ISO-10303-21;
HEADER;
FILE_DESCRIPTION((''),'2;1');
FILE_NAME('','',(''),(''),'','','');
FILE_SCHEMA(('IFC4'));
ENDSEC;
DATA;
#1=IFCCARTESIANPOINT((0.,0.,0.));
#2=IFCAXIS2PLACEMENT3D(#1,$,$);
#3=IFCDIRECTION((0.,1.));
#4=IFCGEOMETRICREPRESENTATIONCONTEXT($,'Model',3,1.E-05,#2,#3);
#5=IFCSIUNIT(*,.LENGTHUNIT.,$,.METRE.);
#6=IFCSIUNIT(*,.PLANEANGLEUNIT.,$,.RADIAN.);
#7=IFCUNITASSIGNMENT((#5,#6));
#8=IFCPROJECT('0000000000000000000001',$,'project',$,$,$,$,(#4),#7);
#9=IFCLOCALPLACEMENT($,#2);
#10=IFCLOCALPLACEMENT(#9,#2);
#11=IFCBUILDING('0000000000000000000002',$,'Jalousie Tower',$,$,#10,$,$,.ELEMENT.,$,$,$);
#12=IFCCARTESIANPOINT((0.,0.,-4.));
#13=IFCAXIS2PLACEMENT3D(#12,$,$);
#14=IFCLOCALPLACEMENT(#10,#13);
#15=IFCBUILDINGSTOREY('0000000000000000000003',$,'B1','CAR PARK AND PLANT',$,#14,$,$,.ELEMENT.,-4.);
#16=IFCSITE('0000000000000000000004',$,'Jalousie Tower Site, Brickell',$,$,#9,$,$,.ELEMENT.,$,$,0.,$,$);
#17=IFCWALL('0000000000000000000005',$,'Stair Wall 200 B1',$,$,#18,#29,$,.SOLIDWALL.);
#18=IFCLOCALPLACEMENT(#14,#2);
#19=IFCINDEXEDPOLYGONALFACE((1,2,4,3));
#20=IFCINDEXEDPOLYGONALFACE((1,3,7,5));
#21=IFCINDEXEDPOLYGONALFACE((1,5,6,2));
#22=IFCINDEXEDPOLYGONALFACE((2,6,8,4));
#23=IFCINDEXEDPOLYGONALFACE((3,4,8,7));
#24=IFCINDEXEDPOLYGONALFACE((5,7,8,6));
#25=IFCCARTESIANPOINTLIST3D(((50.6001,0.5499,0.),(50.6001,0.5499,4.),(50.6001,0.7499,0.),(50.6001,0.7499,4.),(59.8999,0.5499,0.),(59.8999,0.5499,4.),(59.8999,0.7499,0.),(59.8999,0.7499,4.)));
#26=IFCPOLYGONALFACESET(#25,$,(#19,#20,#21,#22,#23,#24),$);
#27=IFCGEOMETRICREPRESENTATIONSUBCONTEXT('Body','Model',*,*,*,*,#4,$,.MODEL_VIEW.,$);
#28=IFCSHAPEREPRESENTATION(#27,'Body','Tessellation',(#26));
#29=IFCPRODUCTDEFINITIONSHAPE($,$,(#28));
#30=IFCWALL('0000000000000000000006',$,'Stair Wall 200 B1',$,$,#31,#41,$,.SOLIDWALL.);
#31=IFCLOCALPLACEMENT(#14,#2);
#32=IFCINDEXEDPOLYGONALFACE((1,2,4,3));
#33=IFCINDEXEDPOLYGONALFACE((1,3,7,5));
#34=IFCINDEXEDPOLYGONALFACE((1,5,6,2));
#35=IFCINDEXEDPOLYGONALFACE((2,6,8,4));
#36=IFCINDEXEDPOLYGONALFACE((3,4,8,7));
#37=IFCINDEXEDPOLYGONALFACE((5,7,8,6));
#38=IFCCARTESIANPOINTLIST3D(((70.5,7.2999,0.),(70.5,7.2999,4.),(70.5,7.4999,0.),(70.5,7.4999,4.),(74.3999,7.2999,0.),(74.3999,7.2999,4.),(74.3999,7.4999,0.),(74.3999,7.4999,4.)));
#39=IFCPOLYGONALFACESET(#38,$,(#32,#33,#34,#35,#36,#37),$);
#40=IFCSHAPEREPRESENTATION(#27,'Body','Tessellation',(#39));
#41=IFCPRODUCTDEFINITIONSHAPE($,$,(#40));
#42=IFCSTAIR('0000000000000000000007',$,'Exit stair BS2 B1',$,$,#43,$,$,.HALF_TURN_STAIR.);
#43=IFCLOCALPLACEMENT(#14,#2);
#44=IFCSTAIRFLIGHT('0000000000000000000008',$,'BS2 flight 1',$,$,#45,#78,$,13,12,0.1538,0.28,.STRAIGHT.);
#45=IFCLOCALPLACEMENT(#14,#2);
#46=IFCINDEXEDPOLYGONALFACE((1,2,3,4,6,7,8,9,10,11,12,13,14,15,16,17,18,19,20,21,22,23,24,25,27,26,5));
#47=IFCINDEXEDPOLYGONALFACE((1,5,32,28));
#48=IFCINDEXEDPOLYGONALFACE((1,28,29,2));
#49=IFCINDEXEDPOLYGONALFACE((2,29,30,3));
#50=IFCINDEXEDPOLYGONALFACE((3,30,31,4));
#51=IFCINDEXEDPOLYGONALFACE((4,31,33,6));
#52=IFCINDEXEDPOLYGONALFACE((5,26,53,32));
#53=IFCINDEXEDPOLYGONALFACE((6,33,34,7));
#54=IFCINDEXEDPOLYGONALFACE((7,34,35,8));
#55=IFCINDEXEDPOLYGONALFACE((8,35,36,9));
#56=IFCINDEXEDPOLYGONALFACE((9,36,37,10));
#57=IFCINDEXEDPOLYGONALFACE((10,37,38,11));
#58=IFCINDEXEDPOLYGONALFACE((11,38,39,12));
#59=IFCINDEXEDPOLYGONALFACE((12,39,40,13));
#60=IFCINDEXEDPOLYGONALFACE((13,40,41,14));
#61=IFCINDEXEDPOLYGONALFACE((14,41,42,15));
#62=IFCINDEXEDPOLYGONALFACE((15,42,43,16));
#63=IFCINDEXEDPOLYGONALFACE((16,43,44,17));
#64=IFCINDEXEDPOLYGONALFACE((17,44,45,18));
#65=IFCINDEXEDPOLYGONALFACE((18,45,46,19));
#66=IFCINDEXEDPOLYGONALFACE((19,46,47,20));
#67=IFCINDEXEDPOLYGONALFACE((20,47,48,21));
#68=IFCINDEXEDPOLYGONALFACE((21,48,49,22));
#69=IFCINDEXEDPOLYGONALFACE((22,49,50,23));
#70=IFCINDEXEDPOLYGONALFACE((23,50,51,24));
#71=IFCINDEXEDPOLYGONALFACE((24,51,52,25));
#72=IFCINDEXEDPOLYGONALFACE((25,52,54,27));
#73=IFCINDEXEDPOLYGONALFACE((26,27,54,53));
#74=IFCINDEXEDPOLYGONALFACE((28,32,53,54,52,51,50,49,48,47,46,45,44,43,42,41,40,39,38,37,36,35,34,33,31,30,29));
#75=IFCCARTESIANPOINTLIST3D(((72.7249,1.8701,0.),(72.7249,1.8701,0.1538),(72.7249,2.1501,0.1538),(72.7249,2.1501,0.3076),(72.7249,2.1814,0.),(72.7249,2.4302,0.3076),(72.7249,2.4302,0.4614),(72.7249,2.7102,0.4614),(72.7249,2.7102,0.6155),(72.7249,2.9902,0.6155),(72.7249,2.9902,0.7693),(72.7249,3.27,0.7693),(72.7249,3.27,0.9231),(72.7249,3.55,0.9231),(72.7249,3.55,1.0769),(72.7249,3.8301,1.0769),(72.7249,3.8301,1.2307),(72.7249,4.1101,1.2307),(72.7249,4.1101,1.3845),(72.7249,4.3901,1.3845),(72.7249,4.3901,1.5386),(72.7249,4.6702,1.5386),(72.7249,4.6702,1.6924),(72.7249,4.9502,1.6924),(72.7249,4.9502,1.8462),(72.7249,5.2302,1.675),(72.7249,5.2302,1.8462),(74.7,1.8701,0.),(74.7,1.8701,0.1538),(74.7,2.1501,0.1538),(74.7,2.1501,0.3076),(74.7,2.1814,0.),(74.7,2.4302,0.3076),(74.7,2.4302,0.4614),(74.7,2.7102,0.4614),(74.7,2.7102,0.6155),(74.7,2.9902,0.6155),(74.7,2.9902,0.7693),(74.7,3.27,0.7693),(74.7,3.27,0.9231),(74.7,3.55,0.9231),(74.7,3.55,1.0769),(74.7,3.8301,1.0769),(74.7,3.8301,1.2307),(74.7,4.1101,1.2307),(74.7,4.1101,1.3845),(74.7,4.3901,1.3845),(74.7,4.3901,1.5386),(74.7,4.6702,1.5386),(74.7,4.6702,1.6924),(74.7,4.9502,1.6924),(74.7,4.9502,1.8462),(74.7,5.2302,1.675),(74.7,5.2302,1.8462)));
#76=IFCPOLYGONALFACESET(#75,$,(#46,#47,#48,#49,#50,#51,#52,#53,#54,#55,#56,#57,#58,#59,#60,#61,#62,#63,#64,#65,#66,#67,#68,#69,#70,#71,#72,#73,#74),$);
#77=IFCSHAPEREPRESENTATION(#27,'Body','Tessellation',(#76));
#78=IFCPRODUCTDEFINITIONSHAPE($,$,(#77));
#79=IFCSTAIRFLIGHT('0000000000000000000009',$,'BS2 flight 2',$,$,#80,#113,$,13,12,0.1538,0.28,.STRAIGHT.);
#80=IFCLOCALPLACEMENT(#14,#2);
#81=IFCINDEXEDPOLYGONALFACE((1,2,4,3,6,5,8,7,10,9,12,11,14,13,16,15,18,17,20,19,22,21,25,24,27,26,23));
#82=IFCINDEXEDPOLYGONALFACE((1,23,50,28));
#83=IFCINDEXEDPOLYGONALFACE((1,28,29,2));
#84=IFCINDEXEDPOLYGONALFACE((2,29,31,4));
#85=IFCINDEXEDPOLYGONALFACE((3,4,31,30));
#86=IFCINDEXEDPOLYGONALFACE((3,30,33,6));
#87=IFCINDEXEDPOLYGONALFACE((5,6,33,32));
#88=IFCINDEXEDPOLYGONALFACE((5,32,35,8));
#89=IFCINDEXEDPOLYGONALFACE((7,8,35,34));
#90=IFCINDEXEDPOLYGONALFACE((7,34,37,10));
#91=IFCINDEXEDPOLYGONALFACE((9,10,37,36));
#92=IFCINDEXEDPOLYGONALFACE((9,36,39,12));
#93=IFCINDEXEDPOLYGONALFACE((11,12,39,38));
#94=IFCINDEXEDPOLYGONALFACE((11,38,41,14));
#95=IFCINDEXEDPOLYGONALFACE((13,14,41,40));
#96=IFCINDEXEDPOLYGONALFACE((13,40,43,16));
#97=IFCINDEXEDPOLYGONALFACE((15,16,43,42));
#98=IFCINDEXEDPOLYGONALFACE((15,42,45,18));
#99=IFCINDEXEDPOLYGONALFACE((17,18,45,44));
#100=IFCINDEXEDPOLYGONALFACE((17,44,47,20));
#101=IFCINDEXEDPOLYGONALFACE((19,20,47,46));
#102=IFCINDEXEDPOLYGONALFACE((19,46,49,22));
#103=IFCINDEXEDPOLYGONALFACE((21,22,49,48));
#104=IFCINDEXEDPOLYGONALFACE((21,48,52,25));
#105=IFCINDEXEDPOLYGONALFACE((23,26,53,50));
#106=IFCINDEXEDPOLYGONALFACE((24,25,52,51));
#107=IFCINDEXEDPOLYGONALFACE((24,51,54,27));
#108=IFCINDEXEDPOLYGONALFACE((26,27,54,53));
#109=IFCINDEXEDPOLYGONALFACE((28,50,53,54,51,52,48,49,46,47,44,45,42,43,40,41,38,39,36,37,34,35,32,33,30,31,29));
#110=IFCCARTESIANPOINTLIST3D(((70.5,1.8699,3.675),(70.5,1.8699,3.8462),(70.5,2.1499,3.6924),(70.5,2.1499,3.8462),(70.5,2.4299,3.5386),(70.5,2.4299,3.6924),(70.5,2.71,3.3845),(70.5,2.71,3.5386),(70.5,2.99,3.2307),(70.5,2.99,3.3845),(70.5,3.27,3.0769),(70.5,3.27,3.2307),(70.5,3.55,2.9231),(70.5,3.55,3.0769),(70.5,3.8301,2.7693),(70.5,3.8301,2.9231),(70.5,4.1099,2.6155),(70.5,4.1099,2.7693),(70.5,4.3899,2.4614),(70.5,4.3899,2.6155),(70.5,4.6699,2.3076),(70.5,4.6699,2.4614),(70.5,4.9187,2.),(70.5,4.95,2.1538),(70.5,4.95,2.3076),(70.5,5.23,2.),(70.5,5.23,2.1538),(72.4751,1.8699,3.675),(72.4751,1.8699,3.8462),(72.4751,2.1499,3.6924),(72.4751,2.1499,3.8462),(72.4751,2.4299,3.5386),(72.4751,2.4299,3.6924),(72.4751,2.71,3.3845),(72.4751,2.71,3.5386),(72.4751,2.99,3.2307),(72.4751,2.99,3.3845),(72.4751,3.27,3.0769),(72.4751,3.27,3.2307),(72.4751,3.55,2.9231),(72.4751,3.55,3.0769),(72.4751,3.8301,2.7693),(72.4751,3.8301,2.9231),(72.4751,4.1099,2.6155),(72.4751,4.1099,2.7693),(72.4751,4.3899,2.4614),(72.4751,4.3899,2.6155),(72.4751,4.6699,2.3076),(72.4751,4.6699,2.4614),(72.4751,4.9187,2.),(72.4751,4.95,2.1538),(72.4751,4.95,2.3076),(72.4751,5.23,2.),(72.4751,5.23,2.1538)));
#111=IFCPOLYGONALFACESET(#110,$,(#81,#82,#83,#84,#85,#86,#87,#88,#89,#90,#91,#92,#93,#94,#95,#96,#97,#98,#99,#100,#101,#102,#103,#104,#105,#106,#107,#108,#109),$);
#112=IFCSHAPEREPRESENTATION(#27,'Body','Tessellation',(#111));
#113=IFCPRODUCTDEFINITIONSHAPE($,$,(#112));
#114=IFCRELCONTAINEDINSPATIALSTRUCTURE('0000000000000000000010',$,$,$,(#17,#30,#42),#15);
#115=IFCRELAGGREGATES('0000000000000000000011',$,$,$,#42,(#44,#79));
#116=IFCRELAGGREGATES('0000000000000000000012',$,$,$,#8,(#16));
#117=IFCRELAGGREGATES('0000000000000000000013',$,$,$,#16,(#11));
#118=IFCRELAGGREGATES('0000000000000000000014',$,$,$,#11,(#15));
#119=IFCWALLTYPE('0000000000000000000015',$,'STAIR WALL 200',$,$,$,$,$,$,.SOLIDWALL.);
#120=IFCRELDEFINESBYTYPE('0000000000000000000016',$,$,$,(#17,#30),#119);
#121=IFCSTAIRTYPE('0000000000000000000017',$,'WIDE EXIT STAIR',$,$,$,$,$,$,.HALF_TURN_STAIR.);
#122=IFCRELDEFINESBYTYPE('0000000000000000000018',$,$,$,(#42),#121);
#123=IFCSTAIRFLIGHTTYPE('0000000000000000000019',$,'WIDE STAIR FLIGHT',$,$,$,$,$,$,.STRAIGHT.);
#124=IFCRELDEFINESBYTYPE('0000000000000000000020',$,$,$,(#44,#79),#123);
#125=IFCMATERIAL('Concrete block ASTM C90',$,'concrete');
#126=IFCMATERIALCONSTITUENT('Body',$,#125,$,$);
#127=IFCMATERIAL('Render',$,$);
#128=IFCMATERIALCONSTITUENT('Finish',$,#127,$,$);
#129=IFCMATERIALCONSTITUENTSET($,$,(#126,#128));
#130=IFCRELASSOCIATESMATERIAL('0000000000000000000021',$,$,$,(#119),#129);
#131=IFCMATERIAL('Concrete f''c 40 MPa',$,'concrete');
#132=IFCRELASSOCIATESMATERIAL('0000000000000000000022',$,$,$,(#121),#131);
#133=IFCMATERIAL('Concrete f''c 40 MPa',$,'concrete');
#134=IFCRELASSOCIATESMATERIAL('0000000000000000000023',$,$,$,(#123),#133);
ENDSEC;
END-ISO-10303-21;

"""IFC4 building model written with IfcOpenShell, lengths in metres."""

from ifc_helpers import new_model, si_unit, direction, frame, frame_2d, origin, place, context, subcontext, project, spatial, polyline, rectangle, outline, extrude, material, constituent, constituent_set, type_object, element, aggregate, save


model = new_model("IFC4")

# Units and contexts
model_context = context("Model", 3, precision=1e-05, world=origin(), true_north=direction((0.0, 1.0)))
body_context = subcontext(model_context, "Body", "Model", "MODEL_VIEW")
ifc_project = project(units=[si_unit("LENGTHUNIT", "METRE"), si_unit("PLANEANGLEUNIT", "RADIAN")], contexts=[model_context])

# Site, building, storey
site_placement = place(None, origin())
site = spatial("IfcSite", under=ifc_project, at=site_placement, Name="Jalousie Tower Site, Brickell", CompositionType="ELEMENT", RefElevation=0.0)
building_placement = place(site_placement, origin())
building = spatial("IfcBuilding", under=site, at=building_placement, Name="Jalousie Tower", CompositionType="ELEMENT")
storey_placement = place(building_placement, frame((0.0, 0.0, -4.0)))
storey = spatial("IfcBuildingStorey", under=building, at=storey_placement, Name="B1", Description="CAR PARK AND PLANT", CompositionType="ELEMENT", Elevation=-4.0)

# Walls
ifc_material_1 = material(Name="Concrete block ASTM C90", Category="concrete")
ifc_constituent_1 = constituent(ifc_material_1, Name="Body")
ifc_material_2 = material(Name="Render")
ifc_constituent_2 = constituent(ifc_material_2, Name="Finish")
ifc_constituent_set_1 = constituent_set(constituents=[ifc_constituent_1, ifc_constituent_2])
wall_type_1 = type_object("IfcWallType", Name="STAIR WALL 200", PredefinedType="SOLIDWALL", material=ifc_constituent_set_1)
wall_1_placement = place(storey_placement, frame((50.6001, 0.6499, 0.0), z_axis=(0.0, 0.0, 1.0), x_axis=(1.0, 0.0, 0.0)))
element("IfcWall", 1, at=wall_1_placement, inside=storey, type_object=wall_type_1, Name="Stair Wall 200 B1", PredefinedType="SOLIDWALL", context=body_context, shape_type="SweptSolid", body=[
    extrude(rectangle(XDim=9.2998, YDim=0.2, at=frame_2d((4.6499, 0.0))), origin(), (0.0, 0.0, 1.0), 4.0),
])
wall_2_placement = place(storey_placement, frame((70.5, 7.3999, 0.0), z_axis=(0.0, 0.0, 1.0), x_axis=(1.0, 0.0, 0.0)))
element("IfcWall", 2, at=wall_2_placement, inside=storey, type_object=wall_type_1, Name="Stair Wall 200 B1", PredefinedType="SOLIDWALL", context=body_context, shape_type="SweptSolid", body=[
    extrude(rectangle(XDim=3.8999, YDim=0.2, at=frame_2d((1.95, 0.0))), origin(), (0.0, 0.0, 1.0), 4.0),
])

# Stair, stair flights
ifc_material_3 = material(Name="Concrete f'c 40 MPa", Category="concrete")
stair_type = type_object("IfcStairType", Name="WIDE EXIT STAIR", PredefinedType="HALF_TURN_STAIR", material=ifc_material_3)
stair_placement = place(storey_placement, origin())
stair = element("IfcStair", 3, at=stair_placement, inside=storey, type_object=stair_type, Name="Exit stair BS2 B1", PredefinedType="HALF_TURN_STAIR")
ifc_material_4 = material(Name="Concrete f'c 40 MPa", Category="concrete")
stair_flight_type = type_object("IfcStairFlightType", Name="WIDE STAIR FLIGHT", PredefinedType="STRAIGHT", material=ifc_material_4)
stair_flight_1_placement = place(storey_placement, frame((73.7124, 1.8701, 0.0), z_axis=(0.0, 0.0, 1.0), x_axis=(0.0, 1.0, 0.0)))
stair_flight_1 = element("IfcStairFlight", 4, at=stair_flight_1_placement, type_object=stair_flight_type, Name="BS2 flight 1", NumberOfRisers=13, NumberOfTreads=12, PredefinedType="STRAIGHT", RiserHeight=0.1538, TreadLength=0.28, context=body_context, shape_type="SweptSolid", body=[
    extrude(outline(polyline([(0.0, 0.0), (0.0, 0.1538), (0.28, 0.1538), (0.28, 0.3076), (0.5601, 0.3076), (0.5601, 0.4614), (0.8401, 0.4614), (0.8401, 0.6155), (1.1201, 0.6155), (1.1201, 0.7693), (1.3999, 0.7693), (1.3999, 0.9231), (1.6799, 0.9231), (1.6799, 1.0769), (1.96, 1.0769), (1.96, 1.2307), (2.24, 1.2307), (2.24, 1.3845), (2.52, 1.3845), (2.52, 1.5386), (2.8, 1.5386), (2.8, 1.6924), (3.0801, 1.6924), (3.0801, 1.8462), (3.3601, 1.8462), (3.3601, 2.0), (3.3601, 1.675), (0.3113, 0.0), (0.0, 0.0)])), frame((0.0, 0.9875, 0.0), z_axis=(0.0, -1.0, 0.0), x_axis=(1.0, 0.0, 0.0)), (0.0, 0.0, 1.0), 1.9751),
])
stair_flight_2_placement = place(storey_placement, frame((71.4875, 5.23, 2.0), z_axis=(0.0, 0.0, 1.0), x_axis=(0.0, -1.0, 0.0)))
stair_flight_2 = element("IfcStairFlight", 5, at=stair_flight_2_placement, type_object=stair_flight_type, Name="BS2 flight 2", NumberOfRisers=13, NumberOfTreads=12, PredefinedType="STRAIGHT", RiserHeight=0.1538, TreadLength=0.28, context=body_context, shape_type="SweptSolid", body=[
    extrude(outline(polyline([(0.0, 0.0), (0.0, 0.1538), (0.28, 0.1538), (0.28, 0.3076), (0.5601, 0.3076), (0.5601, 0.4614), (0.8401, 0.4614), (0.8401, 0.6155), (1.1201, 0.6155), (1.1201, 0.7693), (1.3999, 0.7693), (1.3999, 0.9231), (1.6799, 0.9231), (1.6799, 1.0769), (1.96, 1.0769), (1.96, 1.2307), (2.24, 1.2307), (2.24, 1.3845), (2.52, 1.3845), (2.52, 1.5386), (2.8, 1.5386), (2.8, 1.6924), (3.0801, 1.6924), (3.0801, 1.8462), (3.3601, 1.8462), (3.3601, 2.0), (3.3601, 1.675), (0.3113, 0.0), (0.0, 0.0)])), frame((0.0, 0.9875, 0.0), z_axis=(0.0, -1.0, 0.0), x_axis=(1.0, 0.0, 0.0)), (0.0, 0.0, 1.0), 1.9751),
])
aggregate(stair, [stair_flight_1, stair_flight_2])

save(model, "model.ifc")
